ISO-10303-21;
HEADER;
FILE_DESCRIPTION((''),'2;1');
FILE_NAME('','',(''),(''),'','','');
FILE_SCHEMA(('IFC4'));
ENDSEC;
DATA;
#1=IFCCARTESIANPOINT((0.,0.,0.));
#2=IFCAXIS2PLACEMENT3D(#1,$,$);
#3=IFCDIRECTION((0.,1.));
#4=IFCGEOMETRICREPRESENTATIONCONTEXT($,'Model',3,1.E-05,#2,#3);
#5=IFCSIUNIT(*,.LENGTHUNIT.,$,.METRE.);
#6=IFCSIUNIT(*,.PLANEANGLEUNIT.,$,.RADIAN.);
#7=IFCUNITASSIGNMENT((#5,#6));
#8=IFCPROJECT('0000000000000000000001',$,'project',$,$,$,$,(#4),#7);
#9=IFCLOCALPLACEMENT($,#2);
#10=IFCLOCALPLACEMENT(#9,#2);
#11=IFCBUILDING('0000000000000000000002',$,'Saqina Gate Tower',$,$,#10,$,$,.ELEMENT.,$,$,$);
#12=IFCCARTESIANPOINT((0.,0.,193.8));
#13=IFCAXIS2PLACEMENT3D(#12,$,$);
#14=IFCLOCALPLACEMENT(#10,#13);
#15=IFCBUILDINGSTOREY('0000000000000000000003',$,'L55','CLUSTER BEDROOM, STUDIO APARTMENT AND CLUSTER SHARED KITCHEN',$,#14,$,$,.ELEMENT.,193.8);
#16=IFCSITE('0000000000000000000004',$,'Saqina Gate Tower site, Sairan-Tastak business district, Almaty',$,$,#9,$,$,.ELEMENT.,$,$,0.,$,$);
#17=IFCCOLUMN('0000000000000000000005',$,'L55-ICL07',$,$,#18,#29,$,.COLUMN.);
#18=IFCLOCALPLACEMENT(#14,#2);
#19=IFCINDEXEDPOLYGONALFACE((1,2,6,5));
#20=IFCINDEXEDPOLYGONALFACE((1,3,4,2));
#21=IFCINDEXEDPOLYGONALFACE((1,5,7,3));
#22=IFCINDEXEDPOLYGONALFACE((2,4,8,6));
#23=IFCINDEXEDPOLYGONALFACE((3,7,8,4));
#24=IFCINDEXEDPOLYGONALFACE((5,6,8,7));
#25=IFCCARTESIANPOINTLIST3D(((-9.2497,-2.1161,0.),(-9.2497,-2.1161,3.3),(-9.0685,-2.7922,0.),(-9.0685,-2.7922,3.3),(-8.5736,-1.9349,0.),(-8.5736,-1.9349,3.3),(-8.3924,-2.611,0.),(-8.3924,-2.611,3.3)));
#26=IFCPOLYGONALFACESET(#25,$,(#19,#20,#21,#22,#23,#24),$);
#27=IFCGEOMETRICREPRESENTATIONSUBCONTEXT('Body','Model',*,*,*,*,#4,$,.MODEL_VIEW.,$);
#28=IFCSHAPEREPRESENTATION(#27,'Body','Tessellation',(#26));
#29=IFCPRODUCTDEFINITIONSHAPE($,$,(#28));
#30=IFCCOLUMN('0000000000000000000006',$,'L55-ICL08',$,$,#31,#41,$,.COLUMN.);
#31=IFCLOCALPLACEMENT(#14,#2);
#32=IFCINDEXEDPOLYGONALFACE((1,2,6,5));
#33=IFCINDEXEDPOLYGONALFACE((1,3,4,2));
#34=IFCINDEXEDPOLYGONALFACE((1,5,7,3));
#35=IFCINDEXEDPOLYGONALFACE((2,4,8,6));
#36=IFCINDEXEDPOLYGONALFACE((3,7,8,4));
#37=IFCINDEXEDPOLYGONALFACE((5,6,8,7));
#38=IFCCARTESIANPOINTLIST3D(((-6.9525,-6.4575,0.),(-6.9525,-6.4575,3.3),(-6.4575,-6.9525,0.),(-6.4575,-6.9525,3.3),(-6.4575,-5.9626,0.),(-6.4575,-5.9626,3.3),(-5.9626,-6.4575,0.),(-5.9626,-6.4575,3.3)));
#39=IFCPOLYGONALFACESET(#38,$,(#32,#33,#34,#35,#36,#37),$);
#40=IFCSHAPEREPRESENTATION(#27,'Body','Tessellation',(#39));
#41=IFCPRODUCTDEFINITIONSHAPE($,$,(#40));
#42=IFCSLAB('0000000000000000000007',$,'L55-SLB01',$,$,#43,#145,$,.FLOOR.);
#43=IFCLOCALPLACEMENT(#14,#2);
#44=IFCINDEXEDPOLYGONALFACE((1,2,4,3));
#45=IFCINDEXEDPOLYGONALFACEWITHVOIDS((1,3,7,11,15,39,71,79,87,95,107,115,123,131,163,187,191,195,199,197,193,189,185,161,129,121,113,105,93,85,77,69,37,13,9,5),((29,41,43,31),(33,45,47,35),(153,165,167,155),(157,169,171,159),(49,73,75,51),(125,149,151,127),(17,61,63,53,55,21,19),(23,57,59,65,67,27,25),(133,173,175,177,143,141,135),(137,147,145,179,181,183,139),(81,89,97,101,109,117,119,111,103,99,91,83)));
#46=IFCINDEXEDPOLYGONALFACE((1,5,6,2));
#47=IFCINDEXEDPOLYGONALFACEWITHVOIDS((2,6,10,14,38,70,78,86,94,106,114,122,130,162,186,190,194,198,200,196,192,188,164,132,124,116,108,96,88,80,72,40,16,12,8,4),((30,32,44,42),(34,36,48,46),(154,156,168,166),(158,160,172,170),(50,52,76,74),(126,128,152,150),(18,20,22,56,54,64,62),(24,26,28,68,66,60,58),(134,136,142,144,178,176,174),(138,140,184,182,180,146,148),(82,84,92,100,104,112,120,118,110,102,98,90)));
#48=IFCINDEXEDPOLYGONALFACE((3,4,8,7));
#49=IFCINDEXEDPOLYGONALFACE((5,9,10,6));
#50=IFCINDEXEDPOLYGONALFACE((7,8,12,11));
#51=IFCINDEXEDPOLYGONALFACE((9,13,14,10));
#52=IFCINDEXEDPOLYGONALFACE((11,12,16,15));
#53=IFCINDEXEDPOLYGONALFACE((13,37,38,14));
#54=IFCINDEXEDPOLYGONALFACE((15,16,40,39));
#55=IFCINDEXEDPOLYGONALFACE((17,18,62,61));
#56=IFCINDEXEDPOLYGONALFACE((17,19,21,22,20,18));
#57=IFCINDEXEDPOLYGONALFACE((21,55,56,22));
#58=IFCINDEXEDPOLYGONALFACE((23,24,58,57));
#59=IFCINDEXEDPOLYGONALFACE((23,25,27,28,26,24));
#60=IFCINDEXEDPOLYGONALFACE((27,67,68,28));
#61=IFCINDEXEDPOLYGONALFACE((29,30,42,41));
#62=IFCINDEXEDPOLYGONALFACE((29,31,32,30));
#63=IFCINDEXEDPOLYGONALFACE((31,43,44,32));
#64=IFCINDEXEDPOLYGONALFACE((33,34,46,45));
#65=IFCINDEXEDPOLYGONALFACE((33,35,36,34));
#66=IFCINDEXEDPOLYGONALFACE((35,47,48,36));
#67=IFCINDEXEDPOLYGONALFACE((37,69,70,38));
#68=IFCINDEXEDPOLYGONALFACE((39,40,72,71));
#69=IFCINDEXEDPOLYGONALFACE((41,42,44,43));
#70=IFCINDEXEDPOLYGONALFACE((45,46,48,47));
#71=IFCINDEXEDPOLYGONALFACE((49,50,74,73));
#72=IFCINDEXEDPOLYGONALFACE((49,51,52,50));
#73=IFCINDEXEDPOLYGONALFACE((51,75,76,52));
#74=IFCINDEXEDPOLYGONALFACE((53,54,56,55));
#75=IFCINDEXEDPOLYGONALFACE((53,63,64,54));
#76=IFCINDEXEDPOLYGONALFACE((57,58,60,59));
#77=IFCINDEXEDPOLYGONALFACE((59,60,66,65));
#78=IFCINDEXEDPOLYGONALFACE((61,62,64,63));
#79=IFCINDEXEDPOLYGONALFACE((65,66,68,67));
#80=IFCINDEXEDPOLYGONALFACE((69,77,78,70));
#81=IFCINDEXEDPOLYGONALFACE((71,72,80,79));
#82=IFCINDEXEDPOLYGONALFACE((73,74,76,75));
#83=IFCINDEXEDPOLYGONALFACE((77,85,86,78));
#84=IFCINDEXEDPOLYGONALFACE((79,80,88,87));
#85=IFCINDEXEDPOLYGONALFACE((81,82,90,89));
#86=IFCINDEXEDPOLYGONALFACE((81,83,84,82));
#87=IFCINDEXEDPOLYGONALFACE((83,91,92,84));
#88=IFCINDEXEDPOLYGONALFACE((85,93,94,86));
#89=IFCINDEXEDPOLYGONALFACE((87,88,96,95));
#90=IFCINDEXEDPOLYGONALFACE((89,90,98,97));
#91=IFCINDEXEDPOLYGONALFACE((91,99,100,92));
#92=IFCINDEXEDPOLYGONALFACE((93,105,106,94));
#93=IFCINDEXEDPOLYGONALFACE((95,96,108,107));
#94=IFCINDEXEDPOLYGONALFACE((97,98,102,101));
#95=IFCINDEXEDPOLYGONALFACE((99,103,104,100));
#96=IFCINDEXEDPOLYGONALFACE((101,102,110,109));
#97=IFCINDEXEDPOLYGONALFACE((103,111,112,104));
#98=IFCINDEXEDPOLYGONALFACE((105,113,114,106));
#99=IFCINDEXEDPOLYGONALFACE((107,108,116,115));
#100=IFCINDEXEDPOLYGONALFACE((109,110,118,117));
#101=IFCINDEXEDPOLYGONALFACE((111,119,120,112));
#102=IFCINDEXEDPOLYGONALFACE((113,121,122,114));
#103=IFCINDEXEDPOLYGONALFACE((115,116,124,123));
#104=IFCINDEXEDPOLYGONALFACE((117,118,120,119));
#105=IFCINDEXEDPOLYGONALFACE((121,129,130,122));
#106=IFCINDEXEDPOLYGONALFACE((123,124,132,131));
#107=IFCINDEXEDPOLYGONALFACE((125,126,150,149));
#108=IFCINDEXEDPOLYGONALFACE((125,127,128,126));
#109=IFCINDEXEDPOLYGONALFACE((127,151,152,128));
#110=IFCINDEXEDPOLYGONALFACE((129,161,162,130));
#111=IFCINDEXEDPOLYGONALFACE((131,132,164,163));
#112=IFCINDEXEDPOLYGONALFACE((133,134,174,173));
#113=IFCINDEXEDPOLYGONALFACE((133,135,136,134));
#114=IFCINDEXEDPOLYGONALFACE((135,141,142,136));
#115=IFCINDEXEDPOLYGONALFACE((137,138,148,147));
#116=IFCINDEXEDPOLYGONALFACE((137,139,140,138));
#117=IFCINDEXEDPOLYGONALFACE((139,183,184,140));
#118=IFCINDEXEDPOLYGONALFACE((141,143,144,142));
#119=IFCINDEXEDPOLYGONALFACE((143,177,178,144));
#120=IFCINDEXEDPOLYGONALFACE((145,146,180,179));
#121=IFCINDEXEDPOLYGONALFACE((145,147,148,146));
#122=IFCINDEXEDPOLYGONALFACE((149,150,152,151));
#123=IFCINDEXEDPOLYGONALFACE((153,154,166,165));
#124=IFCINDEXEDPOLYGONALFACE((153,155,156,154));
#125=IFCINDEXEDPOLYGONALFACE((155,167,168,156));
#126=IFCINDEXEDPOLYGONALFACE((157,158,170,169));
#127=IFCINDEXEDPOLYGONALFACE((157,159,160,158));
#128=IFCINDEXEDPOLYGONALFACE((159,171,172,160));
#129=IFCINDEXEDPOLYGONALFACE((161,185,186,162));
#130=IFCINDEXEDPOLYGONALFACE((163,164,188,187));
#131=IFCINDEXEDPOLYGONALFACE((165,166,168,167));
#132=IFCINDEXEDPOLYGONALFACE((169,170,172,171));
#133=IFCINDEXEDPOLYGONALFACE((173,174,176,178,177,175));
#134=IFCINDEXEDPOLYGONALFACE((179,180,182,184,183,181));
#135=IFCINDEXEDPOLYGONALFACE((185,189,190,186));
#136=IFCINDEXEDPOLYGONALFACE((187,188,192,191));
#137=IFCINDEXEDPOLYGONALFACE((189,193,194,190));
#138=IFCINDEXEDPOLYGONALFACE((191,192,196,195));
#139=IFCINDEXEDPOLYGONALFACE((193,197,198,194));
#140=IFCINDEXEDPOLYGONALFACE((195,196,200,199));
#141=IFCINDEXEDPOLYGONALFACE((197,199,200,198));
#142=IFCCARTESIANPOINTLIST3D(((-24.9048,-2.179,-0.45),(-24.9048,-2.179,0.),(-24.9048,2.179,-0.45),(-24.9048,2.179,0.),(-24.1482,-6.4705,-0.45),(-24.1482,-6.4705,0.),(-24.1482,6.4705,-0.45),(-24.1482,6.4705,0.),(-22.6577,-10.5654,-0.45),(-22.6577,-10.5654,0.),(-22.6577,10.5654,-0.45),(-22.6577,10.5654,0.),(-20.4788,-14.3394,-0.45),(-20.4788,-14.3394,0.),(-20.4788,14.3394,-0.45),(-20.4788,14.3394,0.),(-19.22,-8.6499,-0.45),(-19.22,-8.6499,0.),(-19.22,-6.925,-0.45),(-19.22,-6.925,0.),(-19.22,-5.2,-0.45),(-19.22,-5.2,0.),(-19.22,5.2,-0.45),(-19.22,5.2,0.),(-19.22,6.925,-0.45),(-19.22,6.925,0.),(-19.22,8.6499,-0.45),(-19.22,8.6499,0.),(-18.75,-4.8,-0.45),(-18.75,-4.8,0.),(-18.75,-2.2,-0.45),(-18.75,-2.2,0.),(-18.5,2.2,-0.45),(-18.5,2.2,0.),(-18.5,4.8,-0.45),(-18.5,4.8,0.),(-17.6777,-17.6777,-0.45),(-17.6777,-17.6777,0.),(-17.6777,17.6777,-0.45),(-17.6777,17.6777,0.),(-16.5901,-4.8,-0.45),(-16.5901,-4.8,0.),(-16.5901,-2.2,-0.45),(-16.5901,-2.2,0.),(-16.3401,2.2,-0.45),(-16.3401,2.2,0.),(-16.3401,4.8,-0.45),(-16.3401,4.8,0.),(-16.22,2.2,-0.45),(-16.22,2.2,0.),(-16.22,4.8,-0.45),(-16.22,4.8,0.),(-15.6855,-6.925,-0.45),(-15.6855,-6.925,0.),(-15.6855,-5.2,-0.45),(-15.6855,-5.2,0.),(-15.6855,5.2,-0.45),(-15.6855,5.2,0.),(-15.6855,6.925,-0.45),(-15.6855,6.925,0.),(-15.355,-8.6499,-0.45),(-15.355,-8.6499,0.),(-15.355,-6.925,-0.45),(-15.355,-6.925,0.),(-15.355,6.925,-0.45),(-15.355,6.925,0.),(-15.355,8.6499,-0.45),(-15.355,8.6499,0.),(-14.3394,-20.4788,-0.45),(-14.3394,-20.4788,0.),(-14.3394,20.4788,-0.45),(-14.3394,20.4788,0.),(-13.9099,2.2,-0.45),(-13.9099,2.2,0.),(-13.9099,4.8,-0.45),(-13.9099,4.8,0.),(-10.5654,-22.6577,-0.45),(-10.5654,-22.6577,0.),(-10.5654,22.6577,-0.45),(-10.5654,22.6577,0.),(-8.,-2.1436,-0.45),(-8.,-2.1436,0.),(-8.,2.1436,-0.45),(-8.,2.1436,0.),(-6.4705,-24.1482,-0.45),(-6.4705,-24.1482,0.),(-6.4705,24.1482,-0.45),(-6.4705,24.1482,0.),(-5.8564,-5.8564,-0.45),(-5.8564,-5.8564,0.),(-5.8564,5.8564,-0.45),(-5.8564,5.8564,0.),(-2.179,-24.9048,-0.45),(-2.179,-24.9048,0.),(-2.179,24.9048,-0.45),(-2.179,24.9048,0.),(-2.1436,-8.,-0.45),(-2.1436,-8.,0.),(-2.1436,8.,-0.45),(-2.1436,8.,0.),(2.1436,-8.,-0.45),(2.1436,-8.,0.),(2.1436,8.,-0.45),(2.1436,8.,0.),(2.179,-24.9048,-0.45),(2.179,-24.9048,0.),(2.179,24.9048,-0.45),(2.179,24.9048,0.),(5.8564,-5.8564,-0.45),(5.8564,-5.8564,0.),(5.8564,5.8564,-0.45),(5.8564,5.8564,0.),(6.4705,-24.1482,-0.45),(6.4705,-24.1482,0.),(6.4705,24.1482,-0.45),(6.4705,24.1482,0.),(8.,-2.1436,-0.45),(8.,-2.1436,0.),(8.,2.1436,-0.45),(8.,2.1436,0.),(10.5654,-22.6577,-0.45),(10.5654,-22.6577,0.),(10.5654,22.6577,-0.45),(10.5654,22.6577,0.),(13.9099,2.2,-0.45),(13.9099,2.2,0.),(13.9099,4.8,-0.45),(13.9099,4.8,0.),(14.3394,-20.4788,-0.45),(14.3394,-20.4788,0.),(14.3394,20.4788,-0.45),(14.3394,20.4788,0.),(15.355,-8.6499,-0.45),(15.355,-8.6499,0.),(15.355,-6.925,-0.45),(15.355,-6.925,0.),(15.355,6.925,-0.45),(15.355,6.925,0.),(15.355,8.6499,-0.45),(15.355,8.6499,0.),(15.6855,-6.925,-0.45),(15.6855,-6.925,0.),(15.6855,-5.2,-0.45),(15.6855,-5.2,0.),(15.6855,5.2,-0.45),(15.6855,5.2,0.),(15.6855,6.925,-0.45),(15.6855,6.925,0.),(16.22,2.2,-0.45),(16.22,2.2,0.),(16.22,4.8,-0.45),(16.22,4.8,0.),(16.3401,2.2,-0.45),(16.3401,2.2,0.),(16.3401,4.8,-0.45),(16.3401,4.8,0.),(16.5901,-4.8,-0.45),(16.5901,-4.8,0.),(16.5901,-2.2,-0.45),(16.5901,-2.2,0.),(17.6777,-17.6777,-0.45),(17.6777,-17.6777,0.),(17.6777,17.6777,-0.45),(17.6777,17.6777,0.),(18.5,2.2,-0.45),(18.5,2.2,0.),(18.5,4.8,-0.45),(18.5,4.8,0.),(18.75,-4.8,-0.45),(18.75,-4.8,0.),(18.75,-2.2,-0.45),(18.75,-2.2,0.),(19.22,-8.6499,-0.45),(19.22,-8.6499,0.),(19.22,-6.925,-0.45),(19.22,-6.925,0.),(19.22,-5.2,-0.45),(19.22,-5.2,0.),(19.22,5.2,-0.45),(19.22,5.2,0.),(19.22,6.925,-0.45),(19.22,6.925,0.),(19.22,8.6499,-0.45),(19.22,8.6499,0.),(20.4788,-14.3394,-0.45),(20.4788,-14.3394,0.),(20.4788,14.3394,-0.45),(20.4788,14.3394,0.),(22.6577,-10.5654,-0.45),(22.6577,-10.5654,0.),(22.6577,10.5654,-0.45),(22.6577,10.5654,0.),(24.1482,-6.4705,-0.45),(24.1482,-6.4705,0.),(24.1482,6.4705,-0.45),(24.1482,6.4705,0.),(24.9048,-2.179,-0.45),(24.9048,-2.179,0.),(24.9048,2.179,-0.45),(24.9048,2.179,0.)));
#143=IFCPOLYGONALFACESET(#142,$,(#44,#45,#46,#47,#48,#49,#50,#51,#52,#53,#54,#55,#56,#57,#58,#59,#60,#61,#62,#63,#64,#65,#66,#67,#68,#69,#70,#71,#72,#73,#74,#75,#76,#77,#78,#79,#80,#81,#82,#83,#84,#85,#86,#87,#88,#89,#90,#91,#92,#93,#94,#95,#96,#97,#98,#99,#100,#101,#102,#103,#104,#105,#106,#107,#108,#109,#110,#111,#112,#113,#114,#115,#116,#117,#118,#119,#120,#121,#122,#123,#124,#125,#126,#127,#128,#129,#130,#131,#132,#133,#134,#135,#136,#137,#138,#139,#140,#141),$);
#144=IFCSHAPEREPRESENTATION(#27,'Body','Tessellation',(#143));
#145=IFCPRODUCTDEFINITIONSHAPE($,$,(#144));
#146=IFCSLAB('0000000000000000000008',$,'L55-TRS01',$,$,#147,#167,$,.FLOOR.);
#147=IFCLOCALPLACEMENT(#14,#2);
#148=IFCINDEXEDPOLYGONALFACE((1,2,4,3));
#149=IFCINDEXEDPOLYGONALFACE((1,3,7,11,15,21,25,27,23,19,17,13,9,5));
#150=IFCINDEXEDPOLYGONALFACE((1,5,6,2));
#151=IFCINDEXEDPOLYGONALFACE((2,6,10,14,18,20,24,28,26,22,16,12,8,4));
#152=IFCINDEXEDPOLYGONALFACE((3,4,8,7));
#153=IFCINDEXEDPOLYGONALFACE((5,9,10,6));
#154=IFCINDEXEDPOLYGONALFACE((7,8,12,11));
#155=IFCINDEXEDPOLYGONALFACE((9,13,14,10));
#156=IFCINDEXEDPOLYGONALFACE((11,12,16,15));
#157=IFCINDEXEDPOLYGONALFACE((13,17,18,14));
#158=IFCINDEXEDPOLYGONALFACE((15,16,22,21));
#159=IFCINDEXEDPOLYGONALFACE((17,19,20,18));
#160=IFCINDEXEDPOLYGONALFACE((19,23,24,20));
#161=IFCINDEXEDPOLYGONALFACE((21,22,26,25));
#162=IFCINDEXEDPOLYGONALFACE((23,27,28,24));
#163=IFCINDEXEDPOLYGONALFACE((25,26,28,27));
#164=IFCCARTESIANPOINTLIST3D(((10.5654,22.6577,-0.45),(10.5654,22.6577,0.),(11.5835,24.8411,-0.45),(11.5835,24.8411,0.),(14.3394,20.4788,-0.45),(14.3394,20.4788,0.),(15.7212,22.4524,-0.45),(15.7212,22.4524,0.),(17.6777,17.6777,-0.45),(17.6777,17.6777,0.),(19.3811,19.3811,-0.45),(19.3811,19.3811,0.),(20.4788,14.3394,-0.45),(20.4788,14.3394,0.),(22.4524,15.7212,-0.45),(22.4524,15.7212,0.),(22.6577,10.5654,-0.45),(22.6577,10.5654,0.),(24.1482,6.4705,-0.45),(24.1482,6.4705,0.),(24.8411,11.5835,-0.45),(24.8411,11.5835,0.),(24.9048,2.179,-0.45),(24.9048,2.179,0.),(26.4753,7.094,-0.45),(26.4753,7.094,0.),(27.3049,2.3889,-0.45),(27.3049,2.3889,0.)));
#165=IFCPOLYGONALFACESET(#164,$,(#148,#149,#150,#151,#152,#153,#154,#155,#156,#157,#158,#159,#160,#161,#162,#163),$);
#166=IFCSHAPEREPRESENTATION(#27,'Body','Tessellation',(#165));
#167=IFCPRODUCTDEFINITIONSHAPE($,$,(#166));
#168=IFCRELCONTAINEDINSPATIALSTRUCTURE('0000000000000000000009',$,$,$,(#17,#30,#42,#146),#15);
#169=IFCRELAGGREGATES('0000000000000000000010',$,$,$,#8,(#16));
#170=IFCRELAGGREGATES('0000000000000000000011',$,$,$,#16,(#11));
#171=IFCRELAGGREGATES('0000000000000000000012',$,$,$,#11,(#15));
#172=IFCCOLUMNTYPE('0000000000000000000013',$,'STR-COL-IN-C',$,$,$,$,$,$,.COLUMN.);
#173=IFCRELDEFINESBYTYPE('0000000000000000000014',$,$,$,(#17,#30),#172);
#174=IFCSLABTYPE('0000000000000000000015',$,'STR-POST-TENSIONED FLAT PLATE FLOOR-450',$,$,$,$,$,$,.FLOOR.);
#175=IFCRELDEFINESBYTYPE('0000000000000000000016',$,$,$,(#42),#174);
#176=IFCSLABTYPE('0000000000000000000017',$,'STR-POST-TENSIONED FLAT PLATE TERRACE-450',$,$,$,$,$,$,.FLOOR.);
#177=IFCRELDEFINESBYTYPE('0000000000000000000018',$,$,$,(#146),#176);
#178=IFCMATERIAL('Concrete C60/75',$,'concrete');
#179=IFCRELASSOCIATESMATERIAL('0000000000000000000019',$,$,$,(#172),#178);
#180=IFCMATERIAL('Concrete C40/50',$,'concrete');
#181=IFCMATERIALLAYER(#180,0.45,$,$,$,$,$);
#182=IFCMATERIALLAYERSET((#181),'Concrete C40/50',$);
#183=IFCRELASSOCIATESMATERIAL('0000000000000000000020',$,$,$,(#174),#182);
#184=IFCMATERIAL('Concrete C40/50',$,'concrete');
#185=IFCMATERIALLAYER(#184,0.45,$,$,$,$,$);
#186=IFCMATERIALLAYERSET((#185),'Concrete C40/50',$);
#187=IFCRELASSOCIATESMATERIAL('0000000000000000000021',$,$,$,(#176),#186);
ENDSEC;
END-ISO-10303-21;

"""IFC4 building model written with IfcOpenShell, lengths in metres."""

from ifc_helpers import new_model, si_unit, direction, frame, origin, origin_2d, place, context, subcontext, project, spatial, polyline, rectangle, outline, extrude, material, layer, layer_set, material_profile, profile_set, type_object, element, save


model = new_model("IFC4")

# Units and contexts
model_context = context("Model", 3, precision=1e-05, world=origin(), true_north=direction((0.0, 1.0)))
body_context = subcontext(model_context, "Body", "Model", "MODEL_VIEW")
ifc_project = project(units=[si_unit("LENGTHUNIT", "METRE"), si_unit("PLANEANGLEUNIT", "RADIAN")], contexts=[model_context])

# Site, building, storey
site_placement = place(None, origin())
site = spatial("IfcSite", under=ifc_project, at=site_placement, Name="Saqina Gate Tower site, Sairan-Tastak business district, Almaty", CompositionType="ELEMENT", RefElevation=0.0)
building_placement = place(site_placement, origin())
building = spatial("IfcBuilding", under=site, at=building_placement, Name="Saqina Gate Tower", CompositionType="ELEMENT")
storey_placement = place(building_placement, frame((0.0, 0.0, 193.8)))
storey = spatial("IfcBuildingStorey", under=building, at=storey_placement, Name="L55", Description="CLUSTER BEDROOM, STUDIO APARTMENT AND CLUSTER SHARED KITCHEN", CompositionType="ELEMENT", Elevation=193.8)

# Columns
ifc_material_1 = material(Name="Concrete C60/75", Category="concrete")
ifc_material_profile = material_profile(ifc_material_1, rectangle(XDim=0.7, YDim=0.7, at=origin_2d()), Name="RC 700x700")
ifc_profile_set = profile_set([ifc_material_profile], Name="Concrete C60/75")
column_type = type_object("IfcColumnType", Name="STR-COL-IN-C", PredefinedType="COLUMN", material=ifc_profile_set)
for number, where, z_axis, x_axis, name in (
    (1, (-8.821, -2.3635, 0.0), (0.0, 0.0, 1.0), (-0.965926, -0.258819, 0.0), "L55-ICL07"),
    (2, (-6.4575, -6.4575, 0.0), (0.0, 0.0, 1.0), (-0.707107, -0.707107, 0.0), "L55-ICL08"),
):
    element("IfcColumn", number, at=place(storey_placement, frame(where, z_axis=z_axis, x_axis=x_axis)), inside=storey, type_object=column_type, Name=name, PredefinedType="COLUMN", context=body_context, shape_type="SweptSolid", body=[
        extrude(rectangle(XDim=0.7, YDim=0.7, at=origin_2d()), origin(), (0.0, 0.0, 1.0), 3.3),
    ])

# Slabs
ifc_material_2 = material(Name="Concrete C40/50", Category="concrete")
ifc_layer_1 = layer(ifc_material_2, 0.45)
ifc_layer_set_1 = layer_set([ifc_layer_1], Name="Concrete C40/50")
slab_type_1 = type_object("IfcSlabType", Name="STR-POST-TENSIONED FLAT PLATE FLOOR-450", PredefinedType="FLOOR", material=ifc_layer_set_1)
slab_1_placement = place(storey_placement, frame((0.0, 0.0, -0.45)))
element("IfcSlab", 3, at=slab_1_placement, inside=storey, type_object=slab_type_1, Name="L55-SLB01", PredefinedType="FLOOR", context=body_context, shape_type="SweptSolid", body=[
    extrude(outline(polyline([(24.1482, -6.4705), (24.9048, -2.179), (24.9048, 2.179), (24.1482, 6.4705), (22.6577, 10.5654), (20.4788, 14.3394), (17.6777, 17.6777), (14.3394, 20.4788), (10.5654, 22.6577), (6.4705, 24.1482), (2.179, 24.9048), (-2.179, 24.9048), (-6.4705, 24.1482), (-10.5654, 22.6577), (-14.3394, 20.4788), (-17.6777, 17.6777), (-20.4788, 14.3394), (-22.6577, 10.5654), (-24.1482, 6.4705), (-24.9048, 2.179), (-24.9048, -2.179), (-24.1482, -6.4705), (-22.6577, -10.5654), (-20.4788, -14.3394), (-17.6777, -17.6777), (-14.3394, -20.4788), (-10.5654, -22.6577), (-6.4705, -24.1482), (-2.179, -24.9048), (2.179, -24.9048), (6.4705, -24.1482), (10.5654, -22.6577), (14.3394, -20.4788), (17.6777, -17.6777), (20.4788, -14.3394), (22.6577, -10.5654), (24.1482, -6.4705)]), holes=[polyline([(2.1436, 8.0), (5.8564, 5.8564), (8.0, 2.1436), (8.0, -2.1436), (5.8564, -5.8564), (2.1436, -8.0), (-2.1436, -8.0), (-5.8564, -5.8564), (-8.0, -2.1436), (-8.0, 2.1436), (-5.8564, 5.8564), (-2.1436, 8.0), (2.1436, 8.0)]), polyline([(-15.355, -8.6499), (-19.22, -8.6499), (-19.22, -6.925), (-19.22, -5.2), (-15.6855, -5.2), (-15.6855, -6.925), (-15.355, -6.925), (-15.355, -8.6499)]), polyline([(-16.5901, -2.2), (-16.5901, -4.8), (-18.75, -4.8), (-18.75, -2.2), (-16.5901, -2.2)]), polyline([(-16.3401, 4.8), (-16.3401, 2.2), (-18.5, 2.2), (-18.5, 4.8), (-16.3401, 4.8)]), polyline([(-13.9099, 4.8), (-13.9099, 2.2), (-16.22, 2.2), (-16.22, 4.8), (-13.9099, 4.8)]), polyline([(-19.22, 6.925), (-19.22, 8.6499), (-15.355, 8.6499), (-15.355, 6.925), (-15.6855, 6.925), (-15.6855, 5.2), (-19.22, 5.2), (-19.22, 6.925)]), polyline([(15.355, -8.6499), (15.355, -6.925), (15.6855, -6.925), (15.6855, -5.2), (19.22, -5.2), (19.22, -6.925), (19.22, -8.6499), (15.355, -8.6499)]), polyline([(18.75, -2.2), (18.75, -4.8), (16.5901, -4.8), (16.5901, -2.2), (18.75, -2.2)]), polyline([(16.22, 4.8), (16.22, 2.2), (13.9099, 2.2), (13.9099, 4.8), (16.22, 4.8)]), polyline([(18.5, 4.8), (18.5, 2.2), (16.3401, 2.2), (16.3401, 4.8), (18.5, 4.8)]), polyline([(15.6855, 6.925), (15.355, 6.925), (15.355, 8.6499), (19.22, 8.6499), (19.22, 6.925), (19.22, 5.2), (15.6855, 5.2), (15.6855, 6.925)])]), origin(), (0.0, 0.0, 1.0), 0.45),
])
ifc_material_3 = material(Name="Concrete C40/50", Category="concrete")
ifc_layer_2 = layer(ifc_material_3, 0.45)
ifc_layer_set_2 = layer_set([ifc_layer_2], Name="Concrete C40/50")
slab_type_2 = type_object("IfcSlabType", Name="STR-POST-TENSIONED FLAT PLATE TERRACE-450", PredefinedType="FLOOR", material=ifc_layer_set_2)
slab_2_placement = place(storey_placement, frame((0.0, 0.0, -0.45)))
element("IfcSlab", 4, at=slab_2_placement, inside=storey, type_object=slab_type_2, Name="L55-TRS01", PredefinedType="FLOOR", context=body_context, shape_type="SweptSolid", body=[
    extrude(outline(polyline([(24.9048, 2.179), (24.1482, 6.4705), (22.6577, 10.5654), (20.4788, 14.3394), (17.6777, 17.6777), (14.3394, 20.4788), (10.5654, 22.6577), (11.5835, 24.8411), (15.7212, 22.4524), (19.3811, 19.3811), (22.4524, 15.7212), (24.8411, 11.5835), (26.4753, 7.094), (27.3049, 2.3889), (24.9048, 2.179)])), origin(), (0.0, 0.0, 1.0), 0.45),
])

save(model, "model.ifc")
